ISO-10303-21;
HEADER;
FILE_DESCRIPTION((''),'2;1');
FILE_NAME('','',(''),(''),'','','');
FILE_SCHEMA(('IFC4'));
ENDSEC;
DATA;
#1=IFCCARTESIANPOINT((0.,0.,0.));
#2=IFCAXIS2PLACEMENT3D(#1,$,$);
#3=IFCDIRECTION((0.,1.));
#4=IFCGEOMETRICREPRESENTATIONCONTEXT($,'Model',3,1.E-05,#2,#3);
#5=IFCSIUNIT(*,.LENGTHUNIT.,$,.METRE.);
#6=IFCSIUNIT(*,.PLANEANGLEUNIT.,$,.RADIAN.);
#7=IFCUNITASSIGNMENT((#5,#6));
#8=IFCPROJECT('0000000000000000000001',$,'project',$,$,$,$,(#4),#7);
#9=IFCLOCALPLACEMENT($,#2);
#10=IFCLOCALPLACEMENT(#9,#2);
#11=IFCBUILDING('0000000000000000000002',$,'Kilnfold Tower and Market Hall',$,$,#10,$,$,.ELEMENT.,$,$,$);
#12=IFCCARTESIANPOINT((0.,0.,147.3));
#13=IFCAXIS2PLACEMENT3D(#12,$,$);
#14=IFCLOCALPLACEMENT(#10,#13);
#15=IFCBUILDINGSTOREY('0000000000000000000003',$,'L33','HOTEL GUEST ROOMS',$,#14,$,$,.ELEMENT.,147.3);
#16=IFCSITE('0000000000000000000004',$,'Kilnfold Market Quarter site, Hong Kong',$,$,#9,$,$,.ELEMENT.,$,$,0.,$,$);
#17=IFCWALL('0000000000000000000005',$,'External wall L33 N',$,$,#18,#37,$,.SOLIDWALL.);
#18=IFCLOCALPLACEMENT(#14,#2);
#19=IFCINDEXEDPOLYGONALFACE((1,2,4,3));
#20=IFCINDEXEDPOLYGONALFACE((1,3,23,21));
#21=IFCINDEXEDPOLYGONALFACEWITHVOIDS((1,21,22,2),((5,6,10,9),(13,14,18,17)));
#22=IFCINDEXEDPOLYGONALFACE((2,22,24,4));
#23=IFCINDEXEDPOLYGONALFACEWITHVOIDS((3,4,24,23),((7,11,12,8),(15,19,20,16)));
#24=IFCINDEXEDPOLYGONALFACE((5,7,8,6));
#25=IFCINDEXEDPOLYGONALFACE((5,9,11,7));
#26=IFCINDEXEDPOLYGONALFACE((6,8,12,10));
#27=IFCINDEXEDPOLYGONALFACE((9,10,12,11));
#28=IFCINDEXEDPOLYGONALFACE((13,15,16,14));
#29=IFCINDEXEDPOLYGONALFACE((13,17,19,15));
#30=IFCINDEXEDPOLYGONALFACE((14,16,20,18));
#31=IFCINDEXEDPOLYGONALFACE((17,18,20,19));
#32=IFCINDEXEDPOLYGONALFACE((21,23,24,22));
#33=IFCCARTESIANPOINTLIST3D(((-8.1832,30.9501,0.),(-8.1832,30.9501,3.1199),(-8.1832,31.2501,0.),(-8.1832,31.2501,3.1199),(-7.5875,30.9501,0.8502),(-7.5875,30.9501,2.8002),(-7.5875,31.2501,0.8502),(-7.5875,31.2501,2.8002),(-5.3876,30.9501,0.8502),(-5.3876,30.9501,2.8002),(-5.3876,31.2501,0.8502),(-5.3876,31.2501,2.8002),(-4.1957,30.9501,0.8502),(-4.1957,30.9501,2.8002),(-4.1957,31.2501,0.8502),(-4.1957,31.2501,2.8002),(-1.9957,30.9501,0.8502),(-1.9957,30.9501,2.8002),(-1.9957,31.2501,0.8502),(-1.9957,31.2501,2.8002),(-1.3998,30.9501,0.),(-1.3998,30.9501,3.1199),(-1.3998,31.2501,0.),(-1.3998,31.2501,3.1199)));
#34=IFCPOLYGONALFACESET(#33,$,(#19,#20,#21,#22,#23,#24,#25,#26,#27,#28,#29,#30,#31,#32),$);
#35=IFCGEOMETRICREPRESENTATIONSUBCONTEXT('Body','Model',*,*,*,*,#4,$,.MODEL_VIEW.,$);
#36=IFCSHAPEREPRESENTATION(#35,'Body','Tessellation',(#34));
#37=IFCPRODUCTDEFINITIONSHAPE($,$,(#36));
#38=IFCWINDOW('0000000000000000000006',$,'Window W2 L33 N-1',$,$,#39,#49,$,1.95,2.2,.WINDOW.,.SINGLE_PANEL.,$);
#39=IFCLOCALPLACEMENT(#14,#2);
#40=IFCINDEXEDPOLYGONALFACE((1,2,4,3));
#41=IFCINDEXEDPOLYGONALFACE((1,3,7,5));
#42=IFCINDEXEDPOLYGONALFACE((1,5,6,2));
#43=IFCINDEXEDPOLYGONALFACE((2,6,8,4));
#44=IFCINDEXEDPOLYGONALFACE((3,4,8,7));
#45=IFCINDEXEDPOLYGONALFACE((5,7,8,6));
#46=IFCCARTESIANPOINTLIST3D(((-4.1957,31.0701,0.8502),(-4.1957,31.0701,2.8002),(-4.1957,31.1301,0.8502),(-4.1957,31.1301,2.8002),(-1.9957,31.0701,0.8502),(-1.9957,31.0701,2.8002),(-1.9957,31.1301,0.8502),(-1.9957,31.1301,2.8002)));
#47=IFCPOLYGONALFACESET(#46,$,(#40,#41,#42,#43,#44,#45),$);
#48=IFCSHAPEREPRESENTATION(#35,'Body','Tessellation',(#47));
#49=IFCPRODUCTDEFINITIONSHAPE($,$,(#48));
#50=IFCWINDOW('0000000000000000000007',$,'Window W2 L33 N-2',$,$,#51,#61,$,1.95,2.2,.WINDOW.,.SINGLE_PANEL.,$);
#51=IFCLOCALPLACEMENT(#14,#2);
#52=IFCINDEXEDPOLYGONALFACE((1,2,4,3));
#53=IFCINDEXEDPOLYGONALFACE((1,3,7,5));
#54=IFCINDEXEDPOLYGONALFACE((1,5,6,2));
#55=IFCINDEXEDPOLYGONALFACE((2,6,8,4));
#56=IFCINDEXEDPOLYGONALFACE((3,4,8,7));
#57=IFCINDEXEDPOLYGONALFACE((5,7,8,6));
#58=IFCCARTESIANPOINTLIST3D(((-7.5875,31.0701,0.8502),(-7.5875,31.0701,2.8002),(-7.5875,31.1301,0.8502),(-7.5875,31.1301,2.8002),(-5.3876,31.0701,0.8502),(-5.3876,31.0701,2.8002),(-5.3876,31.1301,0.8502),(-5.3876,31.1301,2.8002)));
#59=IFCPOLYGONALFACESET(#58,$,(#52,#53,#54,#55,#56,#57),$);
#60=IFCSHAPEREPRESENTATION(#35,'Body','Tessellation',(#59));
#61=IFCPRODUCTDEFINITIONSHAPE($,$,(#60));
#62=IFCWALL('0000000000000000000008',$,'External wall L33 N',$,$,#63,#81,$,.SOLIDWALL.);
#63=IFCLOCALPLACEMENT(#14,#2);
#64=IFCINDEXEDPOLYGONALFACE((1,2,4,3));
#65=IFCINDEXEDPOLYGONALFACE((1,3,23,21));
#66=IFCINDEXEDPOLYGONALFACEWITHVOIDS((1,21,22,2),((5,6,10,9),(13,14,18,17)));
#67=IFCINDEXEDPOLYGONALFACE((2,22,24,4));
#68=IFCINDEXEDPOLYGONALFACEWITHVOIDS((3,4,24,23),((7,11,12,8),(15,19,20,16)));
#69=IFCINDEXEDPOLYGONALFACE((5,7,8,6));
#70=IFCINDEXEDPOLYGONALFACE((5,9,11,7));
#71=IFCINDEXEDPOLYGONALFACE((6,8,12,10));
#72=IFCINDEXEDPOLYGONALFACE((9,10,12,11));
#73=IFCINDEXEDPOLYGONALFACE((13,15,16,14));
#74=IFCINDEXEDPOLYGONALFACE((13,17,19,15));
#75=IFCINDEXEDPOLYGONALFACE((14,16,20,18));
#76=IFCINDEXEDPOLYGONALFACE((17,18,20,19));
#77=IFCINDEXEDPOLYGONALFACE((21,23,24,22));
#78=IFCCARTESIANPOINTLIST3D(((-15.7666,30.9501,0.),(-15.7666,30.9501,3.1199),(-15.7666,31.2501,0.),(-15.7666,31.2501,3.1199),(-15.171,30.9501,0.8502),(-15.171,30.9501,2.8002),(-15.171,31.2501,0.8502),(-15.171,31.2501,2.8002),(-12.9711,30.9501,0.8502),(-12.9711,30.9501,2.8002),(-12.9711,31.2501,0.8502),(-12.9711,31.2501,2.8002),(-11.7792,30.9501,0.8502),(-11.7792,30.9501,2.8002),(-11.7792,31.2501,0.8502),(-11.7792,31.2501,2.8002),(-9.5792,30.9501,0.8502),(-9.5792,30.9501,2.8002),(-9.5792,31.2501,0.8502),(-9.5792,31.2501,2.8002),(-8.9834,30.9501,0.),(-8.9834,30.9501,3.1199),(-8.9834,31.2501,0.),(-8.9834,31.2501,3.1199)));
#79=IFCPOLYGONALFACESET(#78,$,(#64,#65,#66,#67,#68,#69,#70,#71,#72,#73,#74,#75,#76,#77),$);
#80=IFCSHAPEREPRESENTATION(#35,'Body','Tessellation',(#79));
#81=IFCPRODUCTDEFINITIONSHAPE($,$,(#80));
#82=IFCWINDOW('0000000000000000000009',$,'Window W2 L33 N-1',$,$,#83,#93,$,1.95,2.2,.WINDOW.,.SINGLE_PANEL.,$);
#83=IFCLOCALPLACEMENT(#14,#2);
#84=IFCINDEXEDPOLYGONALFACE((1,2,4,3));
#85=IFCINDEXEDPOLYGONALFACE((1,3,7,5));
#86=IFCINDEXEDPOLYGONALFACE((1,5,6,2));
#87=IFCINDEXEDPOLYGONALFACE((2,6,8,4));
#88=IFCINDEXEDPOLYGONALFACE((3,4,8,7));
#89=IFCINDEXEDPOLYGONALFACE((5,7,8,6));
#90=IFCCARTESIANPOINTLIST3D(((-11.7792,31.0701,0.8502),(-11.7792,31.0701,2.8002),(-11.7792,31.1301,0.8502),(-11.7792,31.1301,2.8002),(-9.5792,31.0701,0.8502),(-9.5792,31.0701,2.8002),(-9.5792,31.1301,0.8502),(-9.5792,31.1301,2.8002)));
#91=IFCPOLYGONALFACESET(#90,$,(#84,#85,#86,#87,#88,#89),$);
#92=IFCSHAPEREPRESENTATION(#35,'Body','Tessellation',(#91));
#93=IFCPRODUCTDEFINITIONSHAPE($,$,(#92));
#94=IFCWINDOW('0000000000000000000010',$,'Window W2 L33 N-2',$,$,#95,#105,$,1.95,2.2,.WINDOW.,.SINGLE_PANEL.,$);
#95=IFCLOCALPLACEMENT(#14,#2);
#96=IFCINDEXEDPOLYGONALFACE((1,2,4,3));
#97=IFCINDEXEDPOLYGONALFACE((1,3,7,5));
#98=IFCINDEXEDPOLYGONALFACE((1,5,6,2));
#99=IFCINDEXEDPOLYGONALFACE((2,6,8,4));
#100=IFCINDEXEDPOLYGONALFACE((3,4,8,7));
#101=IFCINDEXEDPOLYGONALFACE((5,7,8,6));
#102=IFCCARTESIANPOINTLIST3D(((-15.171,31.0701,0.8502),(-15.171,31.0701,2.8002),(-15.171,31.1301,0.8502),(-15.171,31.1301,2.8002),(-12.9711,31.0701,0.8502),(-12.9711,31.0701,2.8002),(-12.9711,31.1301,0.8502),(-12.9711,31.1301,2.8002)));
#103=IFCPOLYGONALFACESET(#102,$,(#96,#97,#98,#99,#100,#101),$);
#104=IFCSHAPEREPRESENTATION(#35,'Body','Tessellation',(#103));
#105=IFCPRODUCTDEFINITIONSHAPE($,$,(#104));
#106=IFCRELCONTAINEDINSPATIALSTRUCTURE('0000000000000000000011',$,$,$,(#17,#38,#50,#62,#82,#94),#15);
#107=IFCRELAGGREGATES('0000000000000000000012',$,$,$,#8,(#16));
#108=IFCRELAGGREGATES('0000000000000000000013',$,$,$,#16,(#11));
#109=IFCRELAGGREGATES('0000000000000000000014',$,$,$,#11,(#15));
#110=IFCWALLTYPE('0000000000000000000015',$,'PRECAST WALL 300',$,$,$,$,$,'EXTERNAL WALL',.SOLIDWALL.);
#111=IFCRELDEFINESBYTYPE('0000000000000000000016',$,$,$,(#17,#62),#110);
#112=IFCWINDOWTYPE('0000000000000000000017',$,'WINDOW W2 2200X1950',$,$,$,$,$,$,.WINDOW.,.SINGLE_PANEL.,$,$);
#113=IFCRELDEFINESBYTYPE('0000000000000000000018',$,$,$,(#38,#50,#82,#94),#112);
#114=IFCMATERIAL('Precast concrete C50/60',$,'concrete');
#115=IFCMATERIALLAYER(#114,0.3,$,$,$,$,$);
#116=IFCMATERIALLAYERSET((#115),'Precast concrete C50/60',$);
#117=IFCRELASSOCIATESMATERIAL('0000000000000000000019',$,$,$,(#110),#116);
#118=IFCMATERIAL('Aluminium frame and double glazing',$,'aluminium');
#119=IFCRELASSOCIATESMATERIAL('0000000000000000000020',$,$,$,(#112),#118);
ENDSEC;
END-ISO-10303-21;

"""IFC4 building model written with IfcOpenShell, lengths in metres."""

from ifc_helpers import new_model, si_unit, direction, frame, frame_2d, origin, place, context, subcontext, project, spatial, rectangle, extrude, source, transform, mapped, material, layer, layer_set, type_object, element, fill, save


model = new_model("IFC4")

# Units and contexts
model_context = context("Model", 3, precision=1e-05, world=origin(), true_north=direction((0.0, 1.0)))
body_context = subcontext(model_context, "Body", "Model", "MODEL_VIEW")
ifc_project = project(units=[si_unit("LENGTHUNIT", "METRE"), si_unit("PLANEANGLEUNIT", "RADIAN")], contexts=[model_context])

# Site, building, storey
site_placement = place(None, origin())
site = spatial("IfcSite", under=ifc_project, at=site_placement, Name="Kilnfold Market Quarter site, Hong Kong", CompositionType="ELEMENT", RefElevation=0.0)
building_placement = place(site_placement, origin())
building = spatial("IfcBuilding", under=site, at=building_placement, Name="Kilnfold Tower and Market Hall", CompositionType="ELEMENT")
storey_placement = place(building_placement, frame((0.0, 0.0, 147.3)))
storey = spatial("IfcBuildingStorey", under=building, at=storey_placement, Name="L33", Description="HOTEL GUEST ROOMS", CompositionType="ELEMENT", Elevation=147.3)

# Walls, openings, windows
ifc_material_1 = material(Name="Precast concrete C50/60", Category="concrete")
ifc_layer_1 = layer(ifc_material_1, 0.3)
ifc_layer_set_1 = layer_set([ifc_layer_1], Name="Precast concrete C50/60")
wall_type_1 = type_object("IfcWallType", Name="PRECAST WALL 300", ElementType="EXTERNAL WALL", PredefinedType="SOLIDWALL", material=ifc_layer_set_1)
shared_shape_1 = source(origin(), body_context, "Body", "SweptSolid", [
    extrude(rectangle(XDim=6.7834, YDim=0.3, at=frame_2d((3.3916, 0.0))), origin(), (0.0, 0.0, 1.0), 3.1199),
])
wall_1_placement = place(storey_placement, frame((-1.3999, 31.1001, 0.0), z_axis=(0.0, 0.0, 1.0), x_axis=(-1.0, 0.0, 0.0)))
wall_1 = element("IfcWall", 1, at=wall_1_placement, inside=storey, type_object=wall_type_1, Name="External wall L33 N", PredefinedType="SOLIDWALL", context=body_context, shape_type="MappedRepresentation", body=[
    mapped(shared_shape_1, transform((0.0, 0.0, 0.0))),
])
opening_1_placement = place(wall_1_placement, frame((0.5957, 0.0, 0.8501)))
opening_1 = element("IfcOpeningElement", 2, at=opening_1_placement, cuts=wall_1, PredefinedType="OPENING", context=body_context, shape_type="SweptSolid", body=[
    extrude(rectangle(XDim=2.2, YDim=1.95, at=frame_2d((1.1001, 0.9751))), frame((0.0, 0.1602, 0.0), z_axis=(0.0, -1.0, 0.0), x_axis=(1.0, 0.0, 0.0)), (0.0, 0.0, 1.0), 0.3201),
])
opening_2_placement = place(wall_1_placement, frame((3.9875, 0.0, 0.8501)))
opening_2 = element("IfcOpeningElement", 3, at=opening_2_placement, cuts=wall_1, PredefinedType="OPENING", context=body_context, shape_type="SweptSolid", body=[
    extrude(rectangle(XDim=2.2, YDim=1.95, at=frame_2d((1.1001, 0.9751))), frame((0.0, 0.1602, 0.0), z_axis=(0.0, -1.0, 0.0), x_axis=(1.0, 0.0, 0.0)), (0.0, 0.0, 1.0), 0.3201),
])
ifc_material_2 = material(Name="Aluminium frame and double glazing", Category="aluminium")
window_type = type_object("IfcWindowType", Name="WINDOW W2 2200X1950", PartitioningType="SINGLE_PANEL", PredefinedType="WINDOW", material=ifc_material_2)
window_1_placement = place(opening_1_placement, origin())
window_1 = element("IfcWindow", 4, at=window_1_placement, inside=storey, type_object=window_type, Name="Window W2 L33 N-1", OverallHeight=1.95, OverallWidth=2.2, PartitioningType="SINGLE_PANEL", PredefinedType="WINDOW", context=body_context, shape_type="SweptSolid", body=[
    extrude(rectangle(XDim=2.2, YDim=1.95, at=frame_2d((1.1001, 0.9751))), frame((0.0, 0.03, 0.0), z_axis=(0.0, -1.0, 0.0), x_axis=(1.0, 0.0, 0.0)), (0.0, 0.0, 1.0), 0.0601),
])
fill(opening_1, window_1)
window_2_placement = place(opening_2_placement, origin())
window_2 = element("IfcWindow", 5, at=window_2_placement, inside=storey, type_object=window_type, Name="Window W2 L33 N-2", OverallHeight=1.95, OverallWidth=2.2, PartitioningType="SINGLE_PANEL", PredefinedType="WINDOW", context=body_context, shape_type="SweptSolid", body=[
    extrude(rectangle(XDim=2.2, YDim=1.95, at=frame_2d((1.1001, 0.9751))), frame((0.0, 0.03, 0.0), z_axis=(0.0, -1.0, 0.0), x_axis=(1.0, 0.0, 0.0)), (0.0, 0.0, 1.0), 0.0601),
])
fill(opening_2, window_2)
shared_shape_2 = source(origin(), body_context, "Body", "SweptSolid", [
    extrude(rectangle(XDim=6.7832, YDim=0.3, at=frame_2d((3.3916, 0.0))), origin(), (0.0, 0.0, 1.0), 3.1199),
])
wall_2_placement = place(storey_placement, frame((-8.9834, 31.1001, 0.0), z_axis=(0.0, 0.0, 1.0), x_axis=(-1.0, 0.0, 0.0)))
wall_2 = element("IfcWall", 6, at=wall_2_placement, inside=storey, type_object=wall_type_1, Name="External wall L33 N", PredefinedType="SOLIDWALL", context=body_context, shape_type="MappedRepresentation", body=[
    mapped(shared_shape_2, transform((0.0, 0.0, 0.0))),
])
opening_3_placement = place(wall_2_placement, frame((0.5957, 0.0, 0.8501)))
opening_3 = element("IfcOpeningElement", 7, at=opening_3_placement, cuts=wall_2, PredefinedType="OPENING", context=body_context, shape_type="SweptSolid", body=[
    extrude(rectangle(XDim=2.2, YDim=1.95, at=frame_2d((1.1001, 0.9751))), frame((0.0, 0.1602, 0.0), z_axis=(0.0, -1.0, 0.0), x_axis=(1.0, 0.0, 0.0)), (0.0, 0.0, 1.0), 0.3201),
])
opening_4_placement = place(wall_2_placement, frame((3.9875, 0.0, 0.8501)))
opening_4 = element("IfcOpeningElement", 8, at=opening_4_placement, cuts=wall_2, PredefinedType="OPENING", context=body_context, shape_type="SweptSolid", body=[
    extrude(rectangle(XDim=2.2, YDim=1.95, at=frame_2d((1.1001, 0.9751))), frame((0.0, 0.1602, 0.0), z_axis=(0.0, -1.0, 0.0), x_axis=(1.0, 0.0, 0.0)), (0.0, 0.0, 1.0), 0.3201),
])
window_3_placement = place(opening_3_placement, origin())
window_3 = element("IfcWindow", 9, at=window_3_placement, inside=storey, type_object=window_type, Name="Window W2 L33 N-1", OverallHeight=1.95, OverallWidth=2.2, PartitioningType="SINGLE_PANEL", PredefinedType="WINDOW", context=body_context, shape_type="SweptSolid", body=[
    extrude(rectangle(XDim=2.2, YDim=1.95, at=frame_2d((1.1001, 0.9751))), frame((0.0, 0.03, 0.0), z_axis=(0.0, -1.0, 0.0), x_axis=(1.0, 0.0, 0.0)), (0.0, 0.0, 1.0), 0.0601),
])
fill(opening_3, window_3)
window_4_placement = place(opening_4_placement, origin())
window_4 = element("IfcWindow", 10, at=window_4_placement, inside=storey, type_object=window_type, Name="Window W2 L33 N-2", OverallHeight=1.95, OverallWidth=2.2, PartitioningType="SINGLE_PANEL", PredefinedType="WINDOW", context=body_context, shape_type="SweptSolid", body=[
    extrude(rectangle(XDim=2.2, YDim=1.95, at=frame_2d((1.1001, 0.9751))), frame((0.0, 0.03, 0.0), z_axis=(0.0, -1.0, 0.0), x_axis=(1.0, 0.0, 0.0)), (0.0, 0.0, 1.0), 0.0601),
])
fill(opening_4, window_4)

save(model, "model.ifc")
